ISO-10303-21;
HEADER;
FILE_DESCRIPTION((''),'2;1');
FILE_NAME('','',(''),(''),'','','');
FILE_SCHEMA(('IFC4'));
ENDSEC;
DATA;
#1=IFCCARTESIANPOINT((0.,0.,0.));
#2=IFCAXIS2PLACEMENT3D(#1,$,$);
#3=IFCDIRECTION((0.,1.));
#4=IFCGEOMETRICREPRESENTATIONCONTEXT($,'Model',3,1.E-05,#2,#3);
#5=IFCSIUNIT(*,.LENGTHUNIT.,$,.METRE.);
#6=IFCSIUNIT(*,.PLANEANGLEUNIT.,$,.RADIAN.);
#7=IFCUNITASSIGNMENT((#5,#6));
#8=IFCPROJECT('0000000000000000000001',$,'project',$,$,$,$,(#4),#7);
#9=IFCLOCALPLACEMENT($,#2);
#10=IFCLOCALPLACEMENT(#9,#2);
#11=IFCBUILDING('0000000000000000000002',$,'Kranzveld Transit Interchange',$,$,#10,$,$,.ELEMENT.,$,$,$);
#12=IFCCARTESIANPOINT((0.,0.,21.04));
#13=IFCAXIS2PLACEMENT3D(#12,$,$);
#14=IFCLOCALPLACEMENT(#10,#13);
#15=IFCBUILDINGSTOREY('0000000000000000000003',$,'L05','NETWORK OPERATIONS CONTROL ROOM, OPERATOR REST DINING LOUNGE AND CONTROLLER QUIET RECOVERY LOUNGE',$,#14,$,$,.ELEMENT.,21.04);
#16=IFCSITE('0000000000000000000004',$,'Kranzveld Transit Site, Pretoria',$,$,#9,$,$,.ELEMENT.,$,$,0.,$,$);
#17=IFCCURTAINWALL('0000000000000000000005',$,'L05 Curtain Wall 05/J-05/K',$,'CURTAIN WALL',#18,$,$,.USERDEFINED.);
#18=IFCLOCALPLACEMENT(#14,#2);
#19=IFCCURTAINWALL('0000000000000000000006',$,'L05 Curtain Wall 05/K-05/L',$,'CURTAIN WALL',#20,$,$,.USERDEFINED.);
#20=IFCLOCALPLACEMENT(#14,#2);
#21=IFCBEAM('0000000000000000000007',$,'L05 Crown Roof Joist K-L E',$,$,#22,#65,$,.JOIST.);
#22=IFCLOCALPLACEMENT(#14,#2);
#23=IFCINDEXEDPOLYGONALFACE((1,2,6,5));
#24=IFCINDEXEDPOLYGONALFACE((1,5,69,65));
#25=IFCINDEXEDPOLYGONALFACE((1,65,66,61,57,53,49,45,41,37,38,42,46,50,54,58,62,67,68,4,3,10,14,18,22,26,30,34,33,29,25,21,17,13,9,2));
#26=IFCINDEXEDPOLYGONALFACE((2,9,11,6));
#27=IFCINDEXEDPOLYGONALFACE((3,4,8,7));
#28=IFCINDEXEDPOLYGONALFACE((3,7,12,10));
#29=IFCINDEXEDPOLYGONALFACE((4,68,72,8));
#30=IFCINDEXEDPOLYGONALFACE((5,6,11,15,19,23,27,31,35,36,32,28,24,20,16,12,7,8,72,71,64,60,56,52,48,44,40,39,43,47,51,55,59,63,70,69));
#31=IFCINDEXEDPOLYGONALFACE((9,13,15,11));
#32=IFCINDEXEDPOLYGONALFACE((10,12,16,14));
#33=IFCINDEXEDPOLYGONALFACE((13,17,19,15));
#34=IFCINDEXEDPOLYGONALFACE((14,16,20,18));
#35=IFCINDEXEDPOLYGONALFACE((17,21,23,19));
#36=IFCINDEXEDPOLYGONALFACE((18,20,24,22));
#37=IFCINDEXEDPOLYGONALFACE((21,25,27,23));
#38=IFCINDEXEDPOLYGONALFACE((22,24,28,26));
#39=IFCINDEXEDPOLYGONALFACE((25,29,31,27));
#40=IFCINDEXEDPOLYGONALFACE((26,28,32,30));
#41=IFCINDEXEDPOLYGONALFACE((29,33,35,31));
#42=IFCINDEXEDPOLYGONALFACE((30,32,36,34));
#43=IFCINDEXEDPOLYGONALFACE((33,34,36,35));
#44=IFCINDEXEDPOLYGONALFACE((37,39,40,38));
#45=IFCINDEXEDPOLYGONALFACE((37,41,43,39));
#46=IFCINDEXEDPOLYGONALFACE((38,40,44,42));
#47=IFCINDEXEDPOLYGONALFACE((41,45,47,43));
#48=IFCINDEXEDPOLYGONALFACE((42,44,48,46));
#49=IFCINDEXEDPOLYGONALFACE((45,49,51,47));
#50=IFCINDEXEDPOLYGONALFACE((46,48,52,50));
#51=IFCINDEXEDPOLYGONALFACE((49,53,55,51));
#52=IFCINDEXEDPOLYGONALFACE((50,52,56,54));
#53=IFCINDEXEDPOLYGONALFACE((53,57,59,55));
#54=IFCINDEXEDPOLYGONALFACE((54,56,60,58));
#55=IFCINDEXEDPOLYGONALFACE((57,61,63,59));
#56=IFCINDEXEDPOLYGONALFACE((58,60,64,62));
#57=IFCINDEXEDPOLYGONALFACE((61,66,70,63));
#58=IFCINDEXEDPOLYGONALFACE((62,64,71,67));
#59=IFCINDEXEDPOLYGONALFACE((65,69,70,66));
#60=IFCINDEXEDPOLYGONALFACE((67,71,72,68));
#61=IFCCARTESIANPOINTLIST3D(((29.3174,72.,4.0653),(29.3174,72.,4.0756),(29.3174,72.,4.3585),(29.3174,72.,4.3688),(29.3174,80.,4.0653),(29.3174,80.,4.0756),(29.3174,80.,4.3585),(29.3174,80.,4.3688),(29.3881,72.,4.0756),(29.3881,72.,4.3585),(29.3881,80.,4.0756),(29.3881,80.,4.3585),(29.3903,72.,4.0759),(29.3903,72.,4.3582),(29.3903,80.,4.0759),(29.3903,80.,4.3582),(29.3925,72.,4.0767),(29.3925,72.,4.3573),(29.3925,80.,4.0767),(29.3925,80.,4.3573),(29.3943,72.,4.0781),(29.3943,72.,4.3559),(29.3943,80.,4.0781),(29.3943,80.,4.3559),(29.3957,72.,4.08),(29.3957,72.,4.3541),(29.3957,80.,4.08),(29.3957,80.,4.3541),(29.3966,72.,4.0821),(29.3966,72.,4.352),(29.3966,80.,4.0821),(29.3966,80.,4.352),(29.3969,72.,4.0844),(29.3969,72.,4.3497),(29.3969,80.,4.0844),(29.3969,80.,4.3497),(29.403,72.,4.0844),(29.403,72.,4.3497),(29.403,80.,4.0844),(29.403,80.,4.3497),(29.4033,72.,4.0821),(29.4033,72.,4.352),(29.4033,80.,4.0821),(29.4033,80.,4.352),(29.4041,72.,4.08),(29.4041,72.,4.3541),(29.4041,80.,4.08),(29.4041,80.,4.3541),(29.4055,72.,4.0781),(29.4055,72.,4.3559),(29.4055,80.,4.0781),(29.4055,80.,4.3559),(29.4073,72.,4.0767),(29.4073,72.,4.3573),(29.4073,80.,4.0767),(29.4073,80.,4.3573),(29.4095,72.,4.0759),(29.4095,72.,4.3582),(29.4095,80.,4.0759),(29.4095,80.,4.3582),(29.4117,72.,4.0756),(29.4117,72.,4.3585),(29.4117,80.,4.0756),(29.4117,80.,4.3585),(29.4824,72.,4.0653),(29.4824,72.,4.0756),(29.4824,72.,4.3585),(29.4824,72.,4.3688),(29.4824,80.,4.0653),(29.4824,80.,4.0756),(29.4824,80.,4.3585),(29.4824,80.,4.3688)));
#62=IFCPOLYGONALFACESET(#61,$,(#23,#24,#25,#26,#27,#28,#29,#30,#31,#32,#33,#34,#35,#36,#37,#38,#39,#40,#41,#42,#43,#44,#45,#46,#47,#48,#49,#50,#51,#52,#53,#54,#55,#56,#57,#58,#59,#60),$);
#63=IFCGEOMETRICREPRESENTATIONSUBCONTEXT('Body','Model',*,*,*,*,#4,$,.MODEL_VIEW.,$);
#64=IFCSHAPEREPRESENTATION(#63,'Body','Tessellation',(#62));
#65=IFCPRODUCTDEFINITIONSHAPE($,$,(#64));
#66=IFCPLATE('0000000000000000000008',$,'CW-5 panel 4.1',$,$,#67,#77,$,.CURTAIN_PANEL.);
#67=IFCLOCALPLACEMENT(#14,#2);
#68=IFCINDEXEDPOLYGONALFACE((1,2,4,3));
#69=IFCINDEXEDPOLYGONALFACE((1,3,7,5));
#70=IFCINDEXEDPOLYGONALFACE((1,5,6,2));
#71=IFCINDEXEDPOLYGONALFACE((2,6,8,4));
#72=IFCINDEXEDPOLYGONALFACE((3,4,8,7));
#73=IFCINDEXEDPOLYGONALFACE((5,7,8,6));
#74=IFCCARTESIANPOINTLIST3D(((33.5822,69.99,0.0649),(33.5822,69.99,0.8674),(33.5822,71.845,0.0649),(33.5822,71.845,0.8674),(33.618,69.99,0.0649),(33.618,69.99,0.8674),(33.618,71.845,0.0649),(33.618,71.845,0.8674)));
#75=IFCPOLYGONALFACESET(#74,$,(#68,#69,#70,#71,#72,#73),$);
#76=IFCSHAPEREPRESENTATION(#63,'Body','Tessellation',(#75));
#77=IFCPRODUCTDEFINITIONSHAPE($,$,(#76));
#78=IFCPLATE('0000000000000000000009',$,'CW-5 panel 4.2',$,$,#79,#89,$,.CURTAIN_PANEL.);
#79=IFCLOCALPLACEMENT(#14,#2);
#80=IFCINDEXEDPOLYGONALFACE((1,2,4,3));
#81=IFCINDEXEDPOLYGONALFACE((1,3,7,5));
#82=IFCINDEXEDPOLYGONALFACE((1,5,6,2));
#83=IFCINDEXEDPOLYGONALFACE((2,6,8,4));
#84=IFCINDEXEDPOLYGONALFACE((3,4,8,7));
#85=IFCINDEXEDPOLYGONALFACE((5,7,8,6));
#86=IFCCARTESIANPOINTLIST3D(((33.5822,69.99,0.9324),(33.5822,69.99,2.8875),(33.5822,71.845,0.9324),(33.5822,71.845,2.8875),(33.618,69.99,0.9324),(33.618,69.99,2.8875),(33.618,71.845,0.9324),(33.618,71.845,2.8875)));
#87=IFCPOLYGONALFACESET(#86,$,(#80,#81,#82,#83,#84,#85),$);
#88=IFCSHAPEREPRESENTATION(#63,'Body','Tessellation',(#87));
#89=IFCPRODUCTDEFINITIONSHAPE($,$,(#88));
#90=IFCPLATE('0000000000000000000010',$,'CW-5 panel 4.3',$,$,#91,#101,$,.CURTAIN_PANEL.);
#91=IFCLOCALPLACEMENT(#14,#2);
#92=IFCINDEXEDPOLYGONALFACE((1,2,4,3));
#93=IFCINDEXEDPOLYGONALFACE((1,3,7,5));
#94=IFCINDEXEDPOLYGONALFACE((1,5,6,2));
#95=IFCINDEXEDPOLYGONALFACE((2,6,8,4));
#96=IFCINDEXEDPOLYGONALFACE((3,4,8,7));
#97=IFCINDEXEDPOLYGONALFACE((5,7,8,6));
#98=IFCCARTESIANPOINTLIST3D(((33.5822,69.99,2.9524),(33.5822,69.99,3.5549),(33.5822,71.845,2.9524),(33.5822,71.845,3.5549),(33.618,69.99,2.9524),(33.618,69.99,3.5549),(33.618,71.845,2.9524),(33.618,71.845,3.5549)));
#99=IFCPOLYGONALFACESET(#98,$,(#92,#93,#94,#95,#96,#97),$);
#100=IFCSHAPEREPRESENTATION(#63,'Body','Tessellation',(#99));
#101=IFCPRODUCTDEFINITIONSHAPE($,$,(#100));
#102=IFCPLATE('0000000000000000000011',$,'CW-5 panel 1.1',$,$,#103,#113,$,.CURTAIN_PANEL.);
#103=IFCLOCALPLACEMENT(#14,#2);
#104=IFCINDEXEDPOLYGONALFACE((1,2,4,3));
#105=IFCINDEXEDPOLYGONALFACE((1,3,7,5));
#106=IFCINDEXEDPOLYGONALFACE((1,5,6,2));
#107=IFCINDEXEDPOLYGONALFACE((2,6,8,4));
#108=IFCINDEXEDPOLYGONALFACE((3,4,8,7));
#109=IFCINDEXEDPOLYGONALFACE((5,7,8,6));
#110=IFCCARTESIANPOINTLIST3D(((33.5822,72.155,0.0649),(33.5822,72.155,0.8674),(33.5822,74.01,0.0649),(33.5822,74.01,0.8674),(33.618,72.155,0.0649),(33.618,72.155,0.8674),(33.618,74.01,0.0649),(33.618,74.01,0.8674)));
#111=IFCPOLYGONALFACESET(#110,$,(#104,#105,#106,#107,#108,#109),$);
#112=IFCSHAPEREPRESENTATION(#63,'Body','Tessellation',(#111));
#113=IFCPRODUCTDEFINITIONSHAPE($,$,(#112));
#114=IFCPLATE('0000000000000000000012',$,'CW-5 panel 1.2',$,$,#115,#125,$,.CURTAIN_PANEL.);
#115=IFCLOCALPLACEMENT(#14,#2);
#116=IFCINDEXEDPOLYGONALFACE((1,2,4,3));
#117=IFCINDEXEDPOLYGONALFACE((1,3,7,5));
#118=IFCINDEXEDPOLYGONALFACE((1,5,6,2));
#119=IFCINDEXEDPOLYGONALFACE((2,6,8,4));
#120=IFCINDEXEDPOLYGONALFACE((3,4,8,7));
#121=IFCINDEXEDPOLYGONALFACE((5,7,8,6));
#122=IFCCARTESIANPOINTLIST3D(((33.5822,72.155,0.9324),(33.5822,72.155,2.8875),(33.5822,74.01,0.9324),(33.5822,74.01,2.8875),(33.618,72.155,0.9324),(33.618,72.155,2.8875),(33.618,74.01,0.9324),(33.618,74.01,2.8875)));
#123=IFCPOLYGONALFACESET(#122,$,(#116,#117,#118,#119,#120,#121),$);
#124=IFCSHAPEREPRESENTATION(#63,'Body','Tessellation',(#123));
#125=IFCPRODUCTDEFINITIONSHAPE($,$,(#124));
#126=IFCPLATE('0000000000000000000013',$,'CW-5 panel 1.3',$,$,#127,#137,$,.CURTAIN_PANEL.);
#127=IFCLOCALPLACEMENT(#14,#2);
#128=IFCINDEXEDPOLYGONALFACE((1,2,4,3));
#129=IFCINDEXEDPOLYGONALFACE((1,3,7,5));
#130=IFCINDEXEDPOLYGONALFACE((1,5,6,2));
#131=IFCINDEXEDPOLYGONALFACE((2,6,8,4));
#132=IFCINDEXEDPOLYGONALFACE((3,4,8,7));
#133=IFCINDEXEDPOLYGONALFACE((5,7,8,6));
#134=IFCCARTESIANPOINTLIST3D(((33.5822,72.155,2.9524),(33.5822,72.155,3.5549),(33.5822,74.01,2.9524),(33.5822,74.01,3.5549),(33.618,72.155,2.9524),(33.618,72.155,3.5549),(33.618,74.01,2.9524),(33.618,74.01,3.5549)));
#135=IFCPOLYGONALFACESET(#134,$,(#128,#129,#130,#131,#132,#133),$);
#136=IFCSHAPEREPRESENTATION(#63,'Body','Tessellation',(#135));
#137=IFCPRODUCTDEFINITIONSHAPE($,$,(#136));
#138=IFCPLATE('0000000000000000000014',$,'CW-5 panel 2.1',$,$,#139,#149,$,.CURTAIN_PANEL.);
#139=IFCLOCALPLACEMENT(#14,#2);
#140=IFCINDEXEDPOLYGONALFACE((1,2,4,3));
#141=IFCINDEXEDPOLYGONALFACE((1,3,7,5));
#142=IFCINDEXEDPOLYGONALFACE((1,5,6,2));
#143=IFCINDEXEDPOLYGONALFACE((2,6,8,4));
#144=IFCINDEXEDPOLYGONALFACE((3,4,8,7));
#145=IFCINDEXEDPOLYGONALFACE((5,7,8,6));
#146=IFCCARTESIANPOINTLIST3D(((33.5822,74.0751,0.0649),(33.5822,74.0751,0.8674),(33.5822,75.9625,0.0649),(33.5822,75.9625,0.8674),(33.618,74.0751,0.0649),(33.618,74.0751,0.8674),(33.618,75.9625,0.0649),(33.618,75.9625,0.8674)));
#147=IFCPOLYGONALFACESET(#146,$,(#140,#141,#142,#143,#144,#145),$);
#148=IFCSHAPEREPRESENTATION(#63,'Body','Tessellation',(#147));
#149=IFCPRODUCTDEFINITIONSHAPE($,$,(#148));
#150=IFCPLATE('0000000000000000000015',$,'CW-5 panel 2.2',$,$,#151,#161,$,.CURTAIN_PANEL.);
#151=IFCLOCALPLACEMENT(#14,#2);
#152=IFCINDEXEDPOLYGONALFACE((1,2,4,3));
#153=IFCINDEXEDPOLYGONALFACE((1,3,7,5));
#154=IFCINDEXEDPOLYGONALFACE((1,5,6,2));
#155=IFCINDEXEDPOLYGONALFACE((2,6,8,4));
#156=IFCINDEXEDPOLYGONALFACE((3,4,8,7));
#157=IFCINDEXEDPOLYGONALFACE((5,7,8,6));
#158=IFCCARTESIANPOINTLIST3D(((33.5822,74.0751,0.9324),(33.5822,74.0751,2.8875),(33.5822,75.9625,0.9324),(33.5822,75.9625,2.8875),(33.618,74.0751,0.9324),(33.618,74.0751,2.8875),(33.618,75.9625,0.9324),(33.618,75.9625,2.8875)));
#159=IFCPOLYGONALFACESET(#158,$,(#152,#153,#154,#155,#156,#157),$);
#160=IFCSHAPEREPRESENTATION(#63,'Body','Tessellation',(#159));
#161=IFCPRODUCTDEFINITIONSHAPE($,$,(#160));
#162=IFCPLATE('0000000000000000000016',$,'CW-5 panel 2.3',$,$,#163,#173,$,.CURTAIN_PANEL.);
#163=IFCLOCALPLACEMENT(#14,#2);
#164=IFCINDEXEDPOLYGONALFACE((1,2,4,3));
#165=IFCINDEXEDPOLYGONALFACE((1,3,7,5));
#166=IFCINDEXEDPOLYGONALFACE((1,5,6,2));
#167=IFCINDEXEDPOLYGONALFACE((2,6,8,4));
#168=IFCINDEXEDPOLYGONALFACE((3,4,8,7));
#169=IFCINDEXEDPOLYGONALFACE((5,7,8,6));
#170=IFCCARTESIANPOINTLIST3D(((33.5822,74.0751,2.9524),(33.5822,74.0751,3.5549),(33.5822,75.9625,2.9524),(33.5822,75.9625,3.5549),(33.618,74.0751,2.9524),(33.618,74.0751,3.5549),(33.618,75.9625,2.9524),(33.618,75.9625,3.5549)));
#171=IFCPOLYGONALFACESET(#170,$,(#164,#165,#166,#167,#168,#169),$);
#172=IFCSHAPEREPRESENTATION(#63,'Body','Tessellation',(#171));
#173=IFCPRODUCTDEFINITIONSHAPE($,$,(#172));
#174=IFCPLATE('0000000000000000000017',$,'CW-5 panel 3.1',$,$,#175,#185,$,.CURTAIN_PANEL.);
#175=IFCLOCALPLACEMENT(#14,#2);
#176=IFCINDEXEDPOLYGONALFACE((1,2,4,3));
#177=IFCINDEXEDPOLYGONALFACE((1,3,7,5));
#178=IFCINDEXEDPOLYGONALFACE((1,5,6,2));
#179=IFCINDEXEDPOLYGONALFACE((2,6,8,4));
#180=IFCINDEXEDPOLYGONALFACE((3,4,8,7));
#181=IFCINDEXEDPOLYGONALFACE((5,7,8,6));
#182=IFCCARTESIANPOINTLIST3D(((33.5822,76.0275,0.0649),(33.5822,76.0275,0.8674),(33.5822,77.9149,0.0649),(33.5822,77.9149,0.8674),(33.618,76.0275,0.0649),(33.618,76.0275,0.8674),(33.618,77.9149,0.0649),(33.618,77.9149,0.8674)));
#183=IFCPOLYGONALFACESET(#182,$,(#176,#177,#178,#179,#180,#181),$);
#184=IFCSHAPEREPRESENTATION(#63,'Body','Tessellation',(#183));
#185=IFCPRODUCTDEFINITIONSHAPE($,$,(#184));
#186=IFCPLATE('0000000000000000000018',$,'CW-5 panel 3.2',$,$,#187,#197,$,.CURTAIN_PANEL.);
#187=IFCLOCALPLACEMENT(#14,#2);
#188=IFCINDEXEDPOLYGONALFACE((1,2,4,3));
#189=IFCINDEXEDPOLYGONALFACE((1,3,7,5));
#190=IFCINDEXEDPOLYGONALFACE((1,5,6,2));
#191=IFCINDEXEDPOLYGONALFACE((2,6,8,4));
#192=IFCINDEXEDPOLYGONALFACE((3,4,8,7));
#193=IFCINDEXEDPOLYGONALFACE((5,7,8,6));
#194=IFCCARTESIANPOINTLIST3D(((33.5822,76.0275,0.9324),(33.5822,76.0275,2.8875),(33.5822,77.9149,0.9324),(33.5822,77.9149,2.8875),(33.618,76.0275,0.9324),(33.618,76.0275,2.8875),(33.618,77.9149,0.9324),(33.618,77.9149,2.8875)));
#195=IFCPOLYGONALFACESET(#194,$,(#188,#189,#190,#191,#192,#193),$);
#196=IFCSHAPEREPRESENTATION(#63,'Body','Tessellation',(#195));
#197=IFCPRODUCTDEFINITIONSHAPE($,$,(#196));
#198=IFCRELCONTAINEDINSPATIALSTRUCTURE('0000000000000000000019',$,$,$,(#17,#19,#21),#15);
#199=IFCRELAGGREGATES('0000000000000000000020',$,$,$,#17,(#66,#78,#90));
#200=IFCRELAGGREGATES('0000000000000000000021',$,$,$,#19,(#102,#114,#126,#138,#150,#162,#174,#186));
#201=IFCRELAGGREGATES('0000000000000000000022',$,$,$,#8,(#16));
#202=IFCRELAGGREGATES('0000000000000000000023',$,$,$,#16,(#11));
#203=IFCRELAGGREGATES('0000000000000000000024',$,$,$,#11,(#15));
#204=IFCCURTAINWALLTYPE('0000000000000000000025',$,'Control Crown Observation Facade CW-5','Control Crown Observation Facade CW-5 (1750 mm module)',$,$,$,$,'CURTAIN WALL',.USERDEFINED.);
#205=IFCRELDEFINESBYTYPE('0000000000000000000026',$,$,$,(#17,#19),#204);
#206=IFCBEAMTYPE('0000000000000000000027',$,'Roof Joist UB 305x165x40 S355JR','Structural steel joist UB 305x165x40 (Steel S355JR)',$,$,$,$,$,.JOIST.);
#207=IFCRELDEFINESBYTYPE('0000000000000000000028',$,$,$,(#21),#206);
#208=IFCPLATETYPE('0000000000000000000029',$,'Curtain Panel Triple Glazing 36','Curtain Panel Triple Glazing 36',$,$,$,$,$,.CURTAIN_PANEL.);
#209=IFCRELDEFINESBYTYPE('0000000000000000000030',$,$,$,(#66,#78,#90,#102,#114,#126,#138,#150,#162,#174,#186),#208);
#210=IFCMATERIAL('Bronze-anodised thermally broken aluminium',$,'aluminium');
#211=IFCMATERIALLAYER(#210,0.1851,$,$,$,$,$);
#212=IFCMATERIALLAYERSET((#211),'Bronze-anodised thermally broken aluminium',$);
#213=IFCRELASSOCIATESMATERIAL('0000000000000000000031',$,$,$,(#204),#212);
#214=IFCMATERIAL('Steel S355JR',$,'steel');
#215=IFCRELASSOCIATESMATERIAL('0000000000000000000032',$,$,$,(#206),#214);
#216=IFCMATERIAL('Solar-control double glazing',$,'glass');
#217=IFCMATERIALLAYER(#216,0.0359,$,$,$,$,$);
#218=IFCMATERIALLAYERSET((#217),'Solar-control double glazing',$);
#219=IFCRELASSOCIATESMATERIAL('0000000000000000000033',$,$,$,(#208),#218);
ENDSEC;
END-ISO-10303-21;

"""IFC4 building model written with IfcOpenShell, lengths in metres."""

from ifc_helpers import new_model, si_unit, direction, frame, origin, origin_2d, place, context, subcontext, project, spatial, rectangle, i_section, extrude, material, layer, layer_set, material_profile, profile_set, type_object, element, aggregate, save


model = new_model("IFC4")

# Units and contexts
model_context = context("Model", 3, precision=1e-05, world=origin(), true_north=direction((0.0, 1.0)))
body_context = subcontext(model_context, "Body", "Model", "MODEL_VIEW")
ifc_project = project(units=[si_unit("LENGTHUNIT", "METRE"), si_unit("PLANEANGLEUNIT", "RADIAN")], contexts=[model_context])

# Site, building, storey
site_placement = place(None, origin())
site = spatial("IfcSite", under=ifc_project, at=site_placement, Name="Kranzveld Transit Site, Pretoria", CompositionType="ELEMENT", RefElevation=0.0)
building_placement = place(site_placement, origin())
building = spatial("IfcBuilding", under=site, at=building_placement, Name="Kranzveld Transit Interchange", CompositionType="ELEMENT")
storey_placement = place(building_placement, frame((0.0, 0.0, 21.04)))
storey = spatial("IfcBuildingStorey", under=building, at=storey_placement, Name="L05", Description="NETWORK OPERATIONS CONTROL ROOM, OPERATOR REST DINING LOUNGE AND CONTROLLER QUIET RECOVERY LOUNGE", CompositionType="ELEMENT", Elevation=21.04)

# Curtain wall
ifc_material_1 = material(Name="Bronze-anodised thermally broken aluminium", Category="aluminium")
ifc_layer_1 = layer(ifc_material_1, 0.1851)
ifc_layer_set_1 = layer_set([ifc_layer_1], Name="Bronze-anodised thermally broken aluminium")
curtain_wall_type = type_object("IfcCurtainWallType", Name="Control Crown Observation Facade CW-5", Description="Control Crown Observation Facade CW-5 (1750 mm module)", ElementType="CURTAIN WALL", PredefinedType="USERDEFINED", material=ifc_layer_set_1)
curtain_wall_1_placement = place(storey_placement, origin())
curtain_wall_1 = element("IfcCurtainWall", 1, at=curtain_wall_1_placement, inside=storey, type_object=curtain_wall_type, Name="L05 Curtain Wall 05/J-05/K", ObjectType="CURTAIN WALL", PredefinedType="USERDEFINED")

# Curtain wall
curtain_wall_2_placement = place(storey_placement, origin())
curtain_wall_2 = element("IfcCurtainWall", 2, at=curtain_wall_2_placement, inside=storey, type_object=curtain_wall_type, Name="L05 Curtain Wall 05/K-05/L", ObjectType="CURTAIN WALL", PredefinedType="USERDEFINED")

# Beam
ifc_material_2 = material(Name="Steel S355JR", Category="steel")
ifc_material_profile_1 = material_profile(ifc_material_2, i_section(OverallWidth=0.165, OverallDepth=0.3035, WebThickness=0.0061, FlangeThickness=0.0103, FilletRadius=0.0088, at=origin_2d()), Name="UB 305x165x40")
ifc_profile_set_1 = profile_set([ifc_material_profile_1], Name="Steel S355JR")
beam_type_1 = type_object("IfcBeamType", Name="Roof Joist UB 305x165x40 S355JR", Description="Structural steel joist UB 305x165x40 (Steel S355JR)", PredefinedType="JOIST", material=ifc_profile_set_1)
beam_1_placement = place(storey_placement, frame((29.3999, 72.0, 4.217), z_axis=(0.0, 1.0, 0.0), x_axis=(-1.0, 0.0, 0.0)))
element("IfcBeam", 3, at=beam_1_placement, inside=storey, type_object=beam_type_1, Name="L05 Crown Roof Joist K-L E", PredefinedType="JOIST", context=body_context, shape_type="SweptSolid", body=[
    extrude(i_section(OverallWidth=0.165, OverallDepth=0.3035, WebThickness=0.0061, FlangeThickness=0.0103, FilletRadius=0.0088, at=origin_2d()), origin(), (0.0, 0.0, 1.0), 8.0),
])

# Plates
ifc_material_3 = material(Name="Solar-control double glazing", Category="glass")
ifc_layer_2 = layer(ifc_material_3, 0.0359)
ifc_layer_set_2 = layer_set([ifc_layer_2], Name="Solar-control double glazing")
plate_type = type_object("IfcPlateType", Name="Curtain Panel Triple Glazing 36", Description="Curtain Panel Triple Glazing 36", PredefinedType="CURTAIN_PANEL", material=ifc_layer_set_2)
plate_1_placement = place(storey_placement, frame((33.6001, 70.9175, 0.0649), z_axis=(0.0, 0.0, 1.0), x_axis=(0.0, 1.0, 0.0)))
plate_1 = element("IfcPlate", 4, at=plate_1_placement, type_object=plate_type, Name="CW-5 panel 4.1", PredefinedType="CURTAIN_PANEL", context=body_context, shape_type="SweptSolid", body=[
    extrude(rectangle(XDim=1.855, YDim=0.0359, at=origin_2d()), origin(), (0.0, 0.0, 1.0), 0.8025),
])
plate_2_placement = place(storey_placement, frame((33.6001, 70.9175, 0.9324), z_axis=(0.0, 0.0, 1.0), x_axis=(0.0, 1.0, 0.0)))
plate_2 = element("IfcPlate", 5, at=plate_2_placement, type_object=plate_type, Name="CW-5 panel 4.2", PredefinedType="CURTAIN_PANEL", context=body_context, shape_type="SweptSolid", body=[
    extrude(rectangle(XDim=1.855, YDim=0.0359, at=origin_2d()), origin(), (0.0, 0.0, 1.0), 1.9551),
])
plate_3_placement = place(storey_placement, frame((33.6001, 70.9175, 2.9524), z_axis=(0.0, 0.0, 1.0), x_axis=(0.0, 1.0, 0.0)))
plate_3 = element("IfcPlate", 6, at=plate_3_placement, type_object=plate_type, Name="CW-5 panel 4.3", PredefinedType="CURTAIN_PANEL", context=body_context, shape_type="SweptSolid", body=[
    extrude(rectangle(XDim=1.855, YDim=0.0359, at=origin_2d()), origin(), (0.0, 0.0, 1.0), 0.6025),
])
aggregate(curtain_wall_1, [plate_1, plate_2, plate_3])
plate_4_placement = place(storey_placement, frame((33.6001, 73.0825, 0.0649), z_axis=(0.0, 0.0, 1.0), x_axis=(0.0, 1.0, 0.0)))
plate_4 = element("IfcPlate", 7, at=plate_4_placement, type_object=plate_type, Name="CW-5 panel 1.1", PredefinedType="CURTAIN_PANEL", context=body_context, shape_type="SweptSolid", body=[
    extrude(rectangle(XDim=1.855, YDim=0.0359, at=origin_2d()), origin(), (0.0, 0.0, 1.0), 0.8025),
])
plate_5_placement = place(storey_placement, frame((33.6001, 73.0825, 0.9324), z_axis=(0.0, 0.0, 1.0), x_axis=(0.0, 1.0, 0.0)))
plate_5 = element("IfcPlate", 8, at=plate_5_placement, type_object=plate_type, Name="CW-5 panel 1.2", PredefinedType="CURTAIN_PANEL", context=body_context, shape_type="SweptSolid", body=[
    extrude(rectangle(XDim=1.855, YDim=0.0359, at=origin_2d()), origin(), (0.0, 0.0, 1.0), 1.9551),
])
plate_6_placement = place(storey_placement, frame((33.6001, 73.0825, 2.9524), z_axis=(0.0, 0.0, 1.0), x_axis=(0.0, 1.0, 0.0)))
plate_6 = element("IfcPlate", 9, at=plate_6_placement, type_object=plate_type, Name="CW-5 panel 1.3", PredefinedType="CURTAIN_PANEL", context=body_context, shape_type="SweptSolid", body=[
    extrude(rectangle(XDim=1.855, YDim=0.0359, at=origin_2d()), origin(), (0.0, 0.0, 1.0), 0.6025),
])
plate_7_placement = place(storey_placement, frame((33.6001, 75.0188, 0.0649), z_axis=(0.0, 0.0, 1.0), x_axis=(0.0, 1.0, 0.0)))
plate_7 = element("IfcPlate", 10, at=plate_7_placement, type_object=plate_type, Name="CW-5 panel 2.1", PredefinedType="CURTAIN_PANEL", context=body_context, shape_type="SweptSolid", body=[
    extrude(rectangle(XDim=1.8875, YDim=0.0359, at=origin_2d()), origin(), (0.0, 0.0, 1.0), 0.8025),
])
plate_8_placement = place(storey_placement, frame((33.6001, 75.0188, 0.9324), z_axis=(0.0, 0.0, 1.0), x_axis=(0.0, 1.0, 0.0)))
plate_8 = element("IfcPlate", 11, at=plate_8_placement, type_object=plate_type, Name="CW-5 panel 2.2", PredefinedType="CURTAIN_PANEL", context=body_context, shape_type="SweptSolid", body=[
    extrude(rectangle(XDim=1.8875, YDim=0.0359, at=origin_2d()), origin(), (0.0, 0.0, 1.0), 1.9551),
])
plate_9_placement = place(storey_placement, frame((33.6001, 75.0188, 2.9524), z_axis=(0.0, 0.0, 1.0), x_axis=(0.0, 1.0, 0.0)))
plate_9 = element("IfcPlate", 12, at=plate_9_placement, type_object=plate_type, Name="CW-5 panel 2.3", PredefinedType="CURTAIN_PANEL", context=body_context, shape_type="SweptSolid", body=[
    extrude(rectangle(XDim=1.8875, YDim=0.0359, at=origin_2d()), origin(), (0.0, 0.0, 1.0), 0.6025),
])
plate_10_placement = place(storey_placement, frame((33.6001, 76.9712, 0.0649), z_axis=(0.0, 0.0, 1.0), x_axis=(0.0, 1.0, 0.0)))
plate_10 = element("IfcPlate", 13, at=plate_10_placement, type_object=plate_type, Name="CW-5 panel 3.1", PredefinedType="CURTAIN_PANEL", context=body_context, shape_type="SweptSolid", body=[
    extrude(rectangle(XDim=1.8875, YDim=0.0359, at=origin_2d()), origin(), (0.0, 0.0, 1.0), 0.8025),
])
plate_11_placement = place(storey_placement, frame((33.6001, 76.9712, 0.9324), z_axis=(0.0, 0.0, 1.0), x_axis=(0.0, 1.0, 0.0)))
plate_11 = element("IfcPlate", 14, at=plate_11_placement, type_object=plate_type, Name="CW-5 panel 3.2", PredefinedType="CURTAIN_PANEL", context=body_context, shape_type="SweptSolid", body=[
    extrude(rectangle(XDim=1.8875, YDim=0.0359, at=origin_2d()), origin(), (0.0, 0.0, 1.0), 1.9551),
])
aggregate(curtain_wall_2, [plate_4, plate_5, plate_6, plate_7, plate_8, plate_9, plate_10, plate_11])

save(model, "model.ifc")
